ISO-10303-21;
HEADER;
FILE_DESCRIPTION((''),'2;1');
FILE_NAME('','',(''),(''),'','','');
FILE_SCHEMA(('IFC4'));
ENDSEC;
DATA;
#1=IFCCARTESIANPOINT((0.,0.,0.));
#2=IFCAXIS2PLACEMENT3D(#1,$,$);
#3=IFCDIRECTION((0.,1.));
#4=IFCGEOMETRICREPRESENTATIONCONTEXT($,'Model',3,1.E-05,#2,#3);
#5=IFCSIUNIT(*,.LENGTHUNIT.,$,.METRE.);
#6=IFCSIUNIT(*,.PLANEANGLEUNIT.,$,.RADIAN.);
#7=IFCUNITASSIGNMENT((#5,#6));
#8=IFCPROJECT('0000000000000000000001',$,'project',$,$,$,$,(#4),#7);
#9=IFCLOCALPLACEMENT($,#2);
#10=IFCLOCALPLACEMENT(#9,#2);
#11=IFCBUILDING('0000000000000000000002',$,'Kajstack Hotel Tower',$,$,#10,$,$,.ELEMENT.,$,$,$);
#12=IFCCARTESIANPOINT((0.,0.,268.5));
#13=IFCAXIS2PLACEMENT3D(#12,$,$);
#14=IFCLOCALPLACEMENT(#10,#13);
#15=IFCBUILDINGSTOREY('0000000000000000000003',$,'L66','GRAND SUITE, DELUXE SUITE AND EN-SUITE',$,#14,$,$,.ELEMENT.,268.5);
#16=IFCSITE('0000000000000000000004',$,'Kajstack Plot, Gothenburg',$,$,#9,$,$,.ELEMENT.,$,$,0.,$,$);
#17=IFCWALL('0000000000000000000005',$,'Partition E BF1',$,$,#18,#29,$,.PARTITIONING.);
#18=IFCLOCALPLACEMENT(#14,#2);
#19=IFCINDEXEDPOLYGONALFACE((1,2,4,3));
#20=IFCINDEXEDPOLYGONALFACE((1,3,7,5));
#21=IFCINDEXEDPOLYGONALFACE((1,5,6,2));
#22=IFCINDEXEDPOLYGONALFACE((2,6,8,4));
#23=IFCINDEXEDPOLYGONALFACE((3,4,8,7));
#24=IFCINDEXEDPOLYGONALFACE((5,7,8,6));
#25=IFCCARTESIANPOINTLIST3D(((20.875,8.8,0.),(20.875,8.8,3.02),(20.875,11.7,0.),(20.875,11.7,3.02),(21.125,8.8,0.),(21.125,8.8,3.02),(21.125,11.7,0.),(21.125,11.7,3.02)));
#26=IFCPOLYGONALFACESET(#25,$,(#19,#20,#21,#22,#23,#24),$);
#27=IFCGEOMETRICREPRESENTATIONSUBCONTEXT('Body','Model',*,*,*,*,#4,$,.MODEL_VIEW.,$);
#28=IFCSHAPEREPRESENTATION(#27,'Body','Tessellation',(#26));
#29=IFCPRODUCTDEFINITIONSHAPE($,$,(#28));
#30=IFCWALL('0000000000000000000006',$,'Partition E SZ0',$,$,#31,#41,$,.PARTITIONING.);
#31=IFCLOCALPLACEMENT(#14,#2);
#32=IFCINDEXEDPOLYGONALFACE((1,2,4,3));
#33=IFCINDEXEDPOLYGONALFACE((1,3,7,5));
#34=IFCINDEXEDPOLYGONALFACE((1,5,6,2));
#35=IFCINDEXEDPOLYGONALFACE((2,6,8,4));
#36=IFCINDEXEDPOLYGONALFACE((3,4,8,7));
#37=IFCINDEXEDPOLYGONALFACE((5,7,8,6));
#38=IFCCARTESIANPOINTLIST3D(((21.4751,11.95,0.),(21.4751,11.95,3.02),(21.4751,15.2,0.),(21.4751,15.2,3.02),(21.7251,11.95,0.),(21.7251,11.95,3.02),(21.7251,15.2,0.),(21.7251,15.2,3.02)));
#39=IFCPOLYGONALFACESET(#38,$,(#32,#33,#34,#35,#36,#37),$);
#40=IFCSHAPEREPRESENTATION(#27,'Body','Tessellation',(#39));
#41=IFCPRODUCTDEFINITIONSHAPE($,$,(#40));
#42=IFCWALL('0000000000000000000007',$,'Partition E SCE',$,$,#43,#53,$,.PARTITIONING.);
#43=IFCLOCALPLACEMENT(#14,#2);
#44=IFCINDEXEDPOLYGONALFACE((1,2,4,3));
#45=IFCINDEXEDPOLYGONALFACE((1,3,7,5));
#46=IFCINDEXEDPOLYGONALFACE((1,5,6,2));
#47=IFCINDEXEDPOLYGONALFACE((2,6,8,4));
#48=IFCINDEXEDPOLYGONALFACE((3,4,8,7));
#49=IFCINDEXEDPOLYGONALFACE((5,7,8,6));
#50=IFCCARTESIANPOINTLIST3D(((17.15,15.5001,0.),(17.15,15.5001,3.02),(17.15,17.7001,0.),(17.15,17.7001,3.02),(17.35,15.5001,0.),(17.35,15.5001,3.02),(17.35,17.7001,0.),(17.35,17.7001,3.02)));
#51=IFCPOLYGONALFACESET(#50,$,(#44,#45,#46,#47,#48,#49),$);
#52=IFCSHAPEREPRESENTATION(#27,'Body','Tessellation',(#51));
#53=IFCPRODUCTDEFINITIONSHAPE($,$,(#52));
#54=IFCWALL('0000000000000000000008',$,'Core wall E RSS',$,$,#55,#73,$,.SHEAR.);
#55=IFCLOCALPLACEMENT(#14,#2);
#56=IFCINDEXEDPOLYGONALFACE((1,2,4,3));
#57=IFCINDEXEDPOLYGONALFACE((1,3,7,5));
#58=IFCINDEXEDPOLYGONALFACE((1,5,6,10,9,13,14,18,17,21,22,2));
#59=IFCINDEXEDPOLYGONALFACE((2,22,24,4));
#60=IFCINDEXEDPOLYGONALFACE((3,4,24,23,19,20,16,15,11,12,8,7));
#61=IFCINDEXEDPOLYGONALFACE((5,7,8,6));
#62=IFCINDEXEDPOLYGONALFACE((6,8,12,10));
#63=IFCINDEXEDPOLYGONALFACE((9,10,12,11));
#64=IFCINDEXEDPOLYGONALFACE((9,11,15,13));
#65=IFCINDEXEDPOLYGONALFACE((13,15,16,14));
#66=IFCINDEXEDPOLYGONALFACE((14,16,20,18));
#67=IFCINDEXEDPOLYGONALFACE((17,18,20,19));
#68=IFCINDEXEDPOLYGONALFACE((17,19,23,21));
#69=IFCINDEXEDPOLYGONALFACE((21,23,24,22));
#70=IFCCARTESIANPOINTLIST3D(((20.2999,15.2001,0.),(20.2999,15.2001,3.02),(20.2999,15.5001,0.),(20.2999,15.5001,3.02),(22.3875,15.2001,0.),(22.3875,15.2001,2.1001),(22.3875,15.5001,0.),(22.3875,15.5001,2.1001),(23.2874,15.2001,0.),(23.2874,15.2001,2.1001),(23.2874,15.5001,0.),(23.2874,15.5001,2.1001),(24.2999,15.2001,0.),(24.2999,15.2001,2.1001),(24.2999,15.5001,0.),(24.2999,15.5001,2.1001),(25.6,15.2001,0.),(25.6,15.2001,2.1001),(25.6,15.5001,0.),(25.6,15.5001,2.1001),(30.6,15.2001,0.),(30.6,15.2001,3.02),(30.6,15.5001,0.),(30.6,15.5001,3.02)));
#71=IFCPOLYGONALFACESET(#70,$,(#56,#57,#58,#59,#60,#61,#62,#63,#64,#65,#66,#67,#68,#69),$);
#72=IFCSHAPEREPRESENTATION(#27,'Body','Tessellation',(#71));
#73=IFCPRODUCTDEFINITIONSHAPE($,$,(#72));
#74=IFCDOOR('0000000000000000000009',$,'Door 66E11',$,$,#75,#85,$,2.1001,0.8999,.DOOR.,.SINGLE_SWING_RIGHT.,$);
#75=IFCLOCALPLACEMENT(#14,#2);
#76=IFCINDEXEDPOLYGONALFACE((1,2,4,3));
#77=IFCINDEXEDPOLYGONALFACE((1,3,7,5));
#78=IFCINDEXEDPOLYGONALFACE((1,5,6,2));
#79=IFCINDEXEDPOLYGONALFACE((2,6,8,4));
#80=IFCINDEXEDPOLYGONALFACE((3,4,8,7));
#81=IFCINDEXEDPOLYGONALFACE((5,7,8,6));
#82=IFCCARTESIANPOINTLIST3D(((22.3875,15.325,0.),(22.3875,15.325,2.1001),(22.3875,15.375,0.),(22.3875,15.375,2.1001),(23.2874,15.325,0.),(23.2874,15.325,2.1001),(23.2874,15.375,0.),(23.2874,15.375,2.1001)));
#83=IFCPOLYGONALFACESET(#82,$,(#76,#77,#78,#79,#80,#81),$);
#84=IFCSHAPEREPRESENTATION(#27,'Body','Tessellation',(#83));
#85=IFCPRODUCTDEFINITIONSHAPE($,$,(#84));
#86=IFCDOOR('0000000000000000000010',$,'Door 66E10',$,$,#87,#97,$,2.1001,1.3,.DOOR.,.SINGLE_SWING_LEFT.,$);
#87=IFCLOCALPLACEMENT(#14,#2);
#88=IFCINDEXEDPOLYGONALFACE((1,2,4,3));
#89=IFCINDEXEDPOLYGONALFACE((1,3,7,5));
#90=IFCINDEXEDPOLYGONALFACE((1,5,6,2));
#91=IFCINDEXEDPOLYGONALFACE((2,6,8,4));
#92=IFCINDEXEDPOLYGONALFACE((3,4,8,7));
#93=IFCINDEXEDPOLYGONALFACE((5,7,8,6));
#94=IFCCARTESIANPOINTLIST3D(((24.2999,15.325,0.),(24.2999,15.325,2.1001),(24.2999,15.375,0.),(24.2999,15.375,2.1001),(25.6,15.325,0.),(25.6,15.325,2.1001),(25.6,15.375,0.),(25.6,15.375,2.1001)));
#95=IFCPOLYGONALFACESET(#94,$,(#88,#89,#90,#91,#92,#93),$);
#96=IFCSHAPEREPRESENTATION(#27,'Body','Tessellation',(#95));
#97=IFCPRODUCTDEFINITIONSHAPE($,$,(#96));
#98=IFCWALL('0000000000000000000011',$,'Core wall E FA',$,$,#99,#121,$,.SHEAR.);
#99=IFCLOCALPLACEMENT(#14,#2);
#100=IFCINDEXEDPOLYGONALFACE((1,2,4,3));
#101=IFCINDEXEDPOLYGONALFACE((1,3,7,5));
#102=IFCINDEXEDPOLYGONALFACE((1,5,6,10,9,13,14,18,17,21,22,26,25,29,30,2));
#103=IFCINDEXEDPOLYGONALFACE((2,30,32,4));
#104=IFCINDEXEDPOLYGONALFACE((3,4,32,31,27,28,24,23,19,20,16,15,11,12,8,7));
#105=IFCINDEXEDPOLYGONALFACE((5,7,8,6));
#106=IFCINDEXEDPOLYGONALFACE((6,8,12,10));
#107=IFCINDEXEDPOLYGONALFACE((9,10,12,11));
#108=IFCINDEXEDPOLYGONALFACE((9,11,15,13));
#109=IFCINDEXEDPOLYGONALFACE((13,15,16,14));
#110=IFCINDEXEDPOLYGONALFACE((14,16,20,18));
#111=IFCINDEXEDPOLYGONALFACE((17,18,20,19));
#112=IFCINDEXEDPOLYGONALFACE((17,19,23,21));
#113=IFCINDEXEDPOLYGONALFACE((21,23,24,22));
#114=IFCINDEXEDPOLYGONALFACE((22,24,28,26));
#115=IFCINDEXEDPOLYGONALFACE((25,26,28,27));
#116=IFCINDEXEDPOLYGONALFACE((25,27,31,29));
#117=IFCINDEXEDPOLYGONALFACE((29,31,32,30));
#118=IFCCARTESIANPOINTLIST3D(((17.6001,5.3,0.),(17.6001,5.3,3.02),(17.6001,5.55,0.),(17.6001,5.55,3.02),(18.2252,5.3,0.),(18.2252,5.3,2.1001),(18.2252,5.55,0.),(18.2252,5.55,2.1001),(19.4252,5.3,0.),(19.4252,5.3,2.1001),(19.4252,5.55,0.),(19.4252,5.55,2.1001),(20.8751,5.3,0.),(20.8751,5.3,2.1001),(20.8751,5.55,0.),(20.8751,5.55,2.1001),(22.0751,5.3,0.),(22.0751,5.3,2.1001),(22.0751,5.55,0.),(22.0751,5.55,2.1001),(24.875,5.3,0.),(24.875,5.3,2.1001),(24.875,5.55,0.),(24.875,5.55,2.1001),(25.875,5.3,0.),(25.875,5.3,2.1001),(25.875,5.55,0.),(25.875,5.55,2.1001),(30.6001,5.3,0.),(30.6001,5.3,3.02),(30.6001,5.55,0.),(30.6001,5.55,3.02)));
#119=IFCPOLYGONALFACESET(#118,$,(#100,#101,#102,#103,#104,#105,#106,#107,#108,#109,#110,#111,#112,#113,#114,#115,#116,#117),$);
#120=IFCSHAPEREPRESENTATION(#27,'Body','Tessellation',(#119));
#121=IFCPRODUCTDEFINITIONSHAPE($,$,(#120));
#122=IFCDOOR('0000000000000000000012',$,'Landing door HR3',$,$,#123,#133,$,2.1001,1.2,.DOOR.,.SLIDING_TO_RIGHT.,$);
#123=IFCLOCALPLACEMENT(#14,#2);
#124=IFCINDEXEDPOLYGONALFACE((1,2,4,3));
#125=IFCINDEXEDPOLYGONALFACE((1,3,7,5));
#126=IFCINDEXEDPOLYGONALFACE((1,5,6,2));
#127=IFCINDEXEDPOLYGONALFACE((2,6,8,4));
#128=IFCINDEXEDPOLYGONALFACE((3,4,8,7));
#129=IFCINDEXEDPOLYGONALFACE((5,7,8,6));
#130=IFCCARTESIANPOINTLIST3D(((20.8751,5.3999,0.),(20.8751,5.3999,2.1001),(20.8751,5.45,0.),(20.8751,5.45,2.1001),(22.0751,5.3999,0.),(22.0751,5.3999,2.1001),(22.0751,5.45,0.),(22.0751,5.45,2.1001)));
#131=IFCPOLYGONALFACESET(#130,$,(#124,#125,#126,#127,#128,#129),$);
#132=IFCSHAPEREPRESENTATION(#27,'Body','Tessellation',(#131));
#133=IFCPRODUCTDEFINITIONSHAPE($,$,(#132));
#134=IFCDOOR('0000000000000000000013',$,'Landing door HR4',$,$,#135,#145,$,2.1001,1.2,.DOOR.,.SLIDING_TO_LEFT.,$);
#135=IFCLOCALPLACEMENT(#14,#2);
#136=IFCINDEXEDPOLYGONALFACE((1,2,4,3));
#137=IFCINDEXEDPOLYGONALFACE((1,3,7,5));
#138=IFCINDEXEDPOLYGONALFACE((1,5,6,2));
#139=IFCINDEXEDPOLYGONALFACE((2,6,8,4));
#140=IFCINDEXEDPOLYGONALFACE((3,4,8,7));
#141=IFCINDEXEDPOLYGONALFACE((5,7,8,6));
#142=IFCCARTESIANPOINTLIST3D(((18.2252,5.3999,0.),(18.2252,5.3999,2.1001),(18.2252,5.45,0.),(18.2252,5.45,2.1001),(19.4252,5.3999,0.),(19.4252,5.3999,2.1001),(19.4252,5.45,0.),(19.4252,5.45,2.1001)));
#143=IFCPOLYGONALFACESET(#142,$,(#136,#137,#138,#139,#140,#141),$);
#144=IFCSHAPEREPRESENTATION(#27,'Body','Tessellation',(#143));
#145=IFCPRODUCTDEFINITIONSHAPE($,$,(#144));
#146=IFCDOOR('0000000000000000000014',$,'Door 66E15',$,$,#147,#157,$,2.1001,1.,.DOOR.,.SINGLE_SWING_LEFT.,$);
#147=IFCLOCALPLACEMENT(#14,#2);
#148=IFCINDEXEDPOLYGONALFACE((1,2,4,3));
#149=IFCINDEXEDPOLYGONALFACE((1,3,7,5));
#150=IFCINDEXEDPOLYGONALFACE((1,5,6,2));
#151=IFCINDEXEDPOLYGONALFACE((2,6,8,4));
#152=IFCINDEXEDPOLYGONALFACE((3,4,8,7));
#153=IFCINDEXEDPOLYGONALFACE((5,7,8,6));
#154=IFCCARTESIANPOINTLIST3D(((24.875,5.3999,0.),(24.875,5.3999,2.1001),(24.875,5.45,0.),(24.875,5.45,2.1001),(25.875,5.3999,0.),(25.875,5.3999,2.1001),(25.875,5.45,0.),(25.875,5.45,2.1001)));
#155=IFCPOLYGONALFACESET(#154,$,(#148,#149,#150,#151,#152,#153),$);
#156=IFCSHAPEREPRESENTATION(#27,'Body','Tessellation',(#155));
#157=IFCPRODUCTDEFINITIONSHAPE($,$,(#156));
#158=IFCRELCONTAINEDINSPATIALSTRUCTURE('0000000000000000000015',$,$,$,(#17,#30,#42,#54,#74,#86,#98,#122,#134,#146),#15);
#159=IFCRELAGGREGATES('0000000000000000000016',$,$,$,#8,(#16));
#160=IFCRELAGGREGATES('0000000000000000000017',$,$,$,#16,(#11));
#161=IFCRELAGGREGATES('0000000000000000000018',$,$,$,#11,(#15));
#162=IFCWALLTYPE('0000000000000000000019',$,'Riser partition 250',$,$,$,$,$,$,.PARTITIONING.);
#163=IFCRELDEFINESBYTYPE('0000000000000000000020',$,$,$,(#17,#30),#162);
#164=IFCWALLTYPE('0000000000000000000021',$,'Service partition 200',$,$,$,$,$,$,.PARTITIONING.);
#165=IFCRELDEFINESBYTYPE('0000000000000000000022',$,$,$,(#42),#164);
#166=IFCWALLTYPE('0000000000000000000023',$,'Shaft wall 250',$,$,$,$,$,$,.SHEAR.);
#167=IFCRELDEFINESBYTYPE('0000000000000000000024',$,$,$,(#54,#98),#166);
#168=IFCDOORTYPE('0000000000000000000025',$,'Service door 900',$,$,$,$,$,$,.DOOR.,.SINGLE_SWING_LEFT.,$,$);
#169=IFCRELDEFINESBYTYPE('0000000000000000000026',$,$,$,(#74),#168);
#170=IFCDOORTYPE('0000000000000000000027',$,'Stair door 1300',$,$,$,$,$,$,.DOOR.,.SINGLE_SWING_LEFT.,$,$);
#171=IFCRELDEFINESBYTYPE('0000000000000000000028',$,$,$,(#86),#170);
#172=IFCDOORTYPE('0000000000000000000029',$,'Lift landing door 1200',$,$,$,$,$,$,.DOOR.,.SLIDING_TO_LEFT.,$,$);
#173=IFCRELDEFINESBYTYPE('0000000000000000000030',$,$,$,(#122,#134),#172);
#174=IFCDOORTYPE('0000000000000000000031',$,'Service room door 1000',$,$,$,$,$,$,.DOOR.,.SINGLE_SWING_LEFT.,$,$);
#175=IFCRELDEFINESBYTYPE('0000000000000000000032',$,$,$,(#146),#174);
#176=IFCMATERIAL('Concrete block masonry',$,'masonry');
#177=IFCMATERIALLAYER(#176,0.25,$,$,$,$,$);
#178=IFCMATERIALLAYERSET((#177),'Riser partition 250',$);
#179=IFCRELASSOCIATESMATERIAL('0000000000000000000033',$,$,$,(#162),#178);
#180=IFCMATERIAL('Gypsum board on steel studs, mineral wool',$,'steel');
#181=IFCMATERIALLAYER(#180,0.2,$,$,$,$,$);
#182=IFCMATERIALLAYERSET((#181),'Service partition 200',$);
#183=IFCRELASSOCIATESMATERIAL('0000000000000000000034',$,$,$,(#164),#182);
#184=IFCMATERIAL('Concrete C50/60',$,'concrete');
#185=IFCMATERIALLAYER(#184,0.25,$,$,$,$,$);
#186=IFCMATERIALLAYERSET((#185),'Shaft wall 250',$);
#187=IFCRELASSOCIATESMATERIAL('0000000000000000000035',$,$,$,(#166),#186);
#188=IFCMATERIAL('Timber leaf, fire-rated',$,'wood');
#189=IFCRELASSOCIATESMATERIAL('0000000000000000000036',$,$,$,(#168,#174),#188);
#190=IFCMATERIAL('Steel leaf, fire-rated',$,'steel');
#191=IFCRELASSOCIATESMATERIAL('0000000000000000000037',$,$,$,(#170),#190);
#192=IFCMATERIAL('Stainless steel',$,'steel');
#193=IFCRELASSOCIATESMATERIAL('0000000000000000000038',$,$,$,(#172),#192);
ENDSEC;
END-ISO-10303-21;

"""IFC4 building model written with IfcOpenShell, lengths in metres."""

from ifc_helpers import new_model, si_unit, direction, frame, frame_2d, origin, place, context, subcontext, project, spatial, rectangle, extrude, material, layer, layer_set, type_object, element, fill, save


model = new_model("IFC4")

# Units and contexts
model_context = context("Model", 3, precision=1e-05, world=origin(), true_north=direction((0.0, 1.0)))
body_context = subcontext(model_context, "Body", "Model", "MODEL_VIEW")
ifc_project = project(units=[si_unit("LENGTHUNIT", "METRE"), si_unit("PLANEANGLEUNIT", "RADIAN")], contexts=[model_context])

# Site, building, storey
site_placement = place(None, origin())
site = spatial("IfcSite", under=ifc_project, at=site_placement, Name="Kajstack Plot, Gothenburg", CompositionType="ELEMENT", RefElevation=0.0)
building_placement = place(site_placement, origin())
building = spatial("IfcBuilding", under=site, at=building_placement, Name="Kajstack Hotel Tower", CompositionType="ELEMENT")
storey_placement = place(building_placement, frame((0.0, 0.0, 268.5)))
storey = spatial("IfcBuildingStorey", under=building, at=storey_placement, Name="L66", Description="GRAND SUITE, DELUXE SUITE AND EN-SUITE", CompositionType="ELEMENT", Elevation=268.5)

# Walls
ifc_material_1 = material(Name="Concrete block masonry", Category="masonry")
ifc_layer_1 = layer(ifc_material_1, 0.25)
ifc_layer_set_1 = layer_set([ifc_layer_1], Name="Riser partition 250")
wall_type_1 = type_object("IfcWallType", Name="Riser partition 250", PredefinedType="PARTITIONING", material=ifc_layer_set_1)
wall_1_placement = place(storey_placement, frame((21.0, 8.8, 0.0), z_axis=(0.0, 0.0, 1.0), x_axis=(0.0, 1.0, 0.0)))
element("IfcWall", 1, at=wall_1_placement, inside=storey, type_object=wall_type_1, Name="Partition E BF1", PredefinedType="PARTITIONING", context=body_context, shape_type="SweptSolid", body=[
    extrude(rectangle(XDim=2.8999, YDim=0.25, at=frame_2d((1.45, 0.0))), origin(), (0.0, 0.0, 1.0), 3.02),
])
wall_2_placement = place(storey_placement, frame((21.6001, 11.95, 0.0), z_axis=(0.0, 0.0, 1.0), x_axis=(0.0, 1.0, 0.0)))
element("IfcWall", 2, at=wall_2_placement, inside=storey, type_object=wall_type_1, Name="Partition E SZ0", PredefinedType="PARTITIONING", context=body_context, shape_type="SweptSolid", body=[
    extrude(rectangle(XDim=3.25, YDim=0.25, at=frame_2d((1.625, 0.0))), origin(), (0.0, 0.0, 1.0), 3.02),
])
ifc_material_2 = material(Name="Gypsum board on steel studs, mineral wool", Category="steel")
ifc_layer_2 = layer(ifc_material_2, 0.2)
ifc_layer_set_2 = layer_set([ifc_layer_2], Name="Service partition 200")
wall_type_2 = type_object("IfcWallType", Name="Service partition 200", PredefinedType="PARTITIONING", material=ifc_layer_set_2)
wall_3_placement = place(storey_placement, frame((17.25, 15.5, 0.0), z_axis=(0.0, 0.0, 1.0), x_axis=(0.0, 1.0, 0.0)))
element("IfcWall", 3, at=wall_3_placement, inside=storey, type_object=wall_type_2, Name="Partition E SCE", PredefinedType="PARTITIONING", context=body_context, shape_type="SweptSolid", body=[
    extrude(rectangle(XDim=2.2, YDim=0.2, at=frame_2d((1.1001, 0.0))), origin(), (0.0, 0.0, 1.0), 3.02),
])

# Walls, openings, doors
ifc_material_3 = material(Name="Concrete C50/60", Category="concrete")
ifc_layer_3 = layer(ifc_material_3, 0.25)
ifc_layer_set_3 = layer_set([ifc_layer_3], Name="Shaft wall 250")
wall_type_3 = type_object("IfcWallType", Name="Shaft wall 250", PredefinedType="SHEAR", material=ifc_layer_set_3)
wall_4_placement = place(storey_placement, frame((20.3, 15.3501, 0.0), z_axis=(0.0, 0.0, 1.0), x_axis=(1.0, 0.0, 0.0)))
wall_4 = element("IfcWall", 4, at=wall_4_placement, inside=storey, type_object=wall_type_3, Name="Core wall E RSS", PredefinedType="SHEAR", context=body_context, shape_type="SweptSolid", body=[
    extrude(rectangle(XDim=10.3, YDim=0.3, at=frame_2d((5.1499, 0.0))), origin(), (0.0, 0.0, 1.0), 3.02),
])
opening_1_placement = place(wall_4_placement, frame((4.0, 0.0, 0.0)))
opening_1 = element("IfcOpeningElement", 5, at=opening_1_placement, cuts=wall_4, PredefinedType="OPENING", context=body_context, shape_type="SweptSolid", body=[
    extrude(rectangle(XDim=1.3, YDim=2.1001, at=frame_2d((0.6499, 1.05))), frame((0.0, 0.1599, 0.0), z_axis=(0.0, -1.0, 0.0), x_axis=(1.0, 0.0, 0.0)), (0.0, 0.0, 1.0), 0.3201),
])
opening_2_placement = place(wall_4_placement, frame((2.0874, 0.0, 0.0)))
opening_2 = element("IfcOpeningElement", 6, at=opening_2_placement, cuts=wall_4, PredefinedType="OPENING", context=body_context, shape_type="SweptSolid", body=[
    extrude(rectangle(XDim=0.8999, YDim=2.1001, at=frame_2d((0.45, 1.05))), frame((0.0, 0.1599, 0.0), z_axis=(0.0, -1.0, 0.0), x_axis=(1.0, 0.0, 0.0)), (0.0, 0.0, 1.0), 0.3201),
])
ifc_material_4 = material(Name="Timber leaf, fire-rated", Category="wood")
door_type_1 = type_object("IfcDoorType", Name="Service door 900", OperationType="SINGLE_SWING_LEFT", PredefinedType="DOOR", material=ifc_material_4)
door_1_placement = place(opening_2_placement, origin())
door_1 = element("IfcDoor", 7, at=door_1_placement, inside=storey, type_object=door_type_1, Name="Door 66E11", OperationType="SINGLE_SWING_RIGHT", OverallHeight=2.1001, OverallWidth=0.8999, PredefinedType="DOOR", context=body_context, shape_type="SweptSolid", body=[
    extrude(rectangle(XDim=0.8999, YDim=2.1001, at=frame_2d((0.45, 1.05))), frame((0.0, 0.0249, 0.0), z_axis=(0.0, -1.0, 0.0), x_axis=(1.0, 0.0, 0.0)), (0.0, 0.0, 1.0), 0.05),
])
fill(opening_2, door_1)
ifc_material_5 = material(Name="Steel leaf, fire-rated", Category="steel")
door_type_2 = type_object("IfcDoorType", Name="Stair door 1300", OperationType="SINGLE_SWING_LEFT", PredefinedType="DOOR", material=ifc_material_5)
door_2_placement = place(opening_1_placement, origin())
door_2 = element("IfcDoor", 8, at=door_2_placement, inside=storey, type_object=door_type_2, Name="Door 66E10", OperationType="SINGLE_SWING_LEFT", OverallHeight=2.1001, OverallWidth=1.3, PredefinedType="DOOR", context=body_context, shape_type="SweptSolid", body=[
    extrude(rectangle(XDim=1.3, YDim=2.1001, at=frame_2d((0.6499, 1.05))), frame((0.0, 0.0249, 0.0), z_axis=(0.0, -1.0, 0.0), x_axis=(1.0, 0.0, 0.0)), (0.0, 0.0, 1.0), 0.05),
])
fill(opening_1, door_2)
wall_5_placement = place(storey_placement, frame((17.6001, 5.425, 0.0), z_axis=(0.0, 0.0, 1.0), x_axis=(1.0, 0.0, 0.0)))
wall_5 = element("IfcWall", 9, at=wall_5_placement, inside=storey, type_object=wall_type_3, Name="Core wall E FA", PredefinedType="SHEAR", context=body_context, shape_type="SweptSolid", body=[
    extrude(rectangle(XDim=13.0, YDim=0.25, at=frame_2d((6.5, 0.0))), origin(), (0.0, 0.0, 1.0), 3.02),
])
opening_3_placement = place(wall_5_placement, frame((3.2749, 0.0, 0.0)))
opening_3 = element("IfcOpeningElement", 10, at=opening_3_placement, cuts=wall_5, PredefinedType="OPENING", context=body_context, shape_type="SweptSolid", body=[
    extrude(rectangle(XDim=1.2, YDim=2.1001, at=frame_2d((0.6001, 1.05))), frame((0.0, 0.135, 0.0), z_axis=(0.0, -1.0, 0.0), x_axis=(1.0, 0.0, 0.0)), (0.0, 0.0, 1.0), 0.27),
])
opening_4_placement = place(wall_5_placement, frame((0.625, 0.0, 0.0)))
opening_4 = element("IfcOpeningElement", 11, at=opening_4_placement, cuts=wall_5, PredefinedType="OPENING", context=body_context, shape_type="SweptSolid", body=[
    extrude(rectangle(XDim=1.2, YDim=2.1001, at=frame_2d((0.6001, 1.05))), frame((0.0, 0.135, 0.0), z_axis=(0.0, -1.0, 0.0), x_axis=(1.0, 0.0, 0.0)), (0.0, 0.0, 1.0), 0.27),
])
opening_5_placement = place(wall_5_placement, frame((7.2749, 0.0, 0.0)))
opening_5 = element("IfcOpeningElement", 12, at=opening_5_placement, cuts=wall_5, PredefinedType="OPENING", context=body_context, shape_type="SweptSolid", body=[
    extrude(rectangle(XDim=1.0, YDim=2.1001, at=frame_2d((0.5, 1.05))), frame((0.0, 0.135, 0.0), z_axis=(0.0, -1.0, 0.0), x_axis=(1.0, 0.0, 0.0)), (0.0, 0.0, 1.0), 0.27),
])
ifc_material_6 = material(Name="Stainless steel", Category="steel")
door_type_3 = type_object("IfcDoorType", Name="Lift landing door 1200", OperationType="SLIDING_TO_LEFT", PredefinedType="DOOR", material=ifc_material_6)
door_3_placement = place(opening_3_placement, origin())
door_3 = element("IfcDoor", 13, at=door_3_placement, inside=storey, type_object=door_type_3, Name="Landing door HR3", OperationType="SLIDING_TO_RIGHT", OverallHeight=2.1001, OverallWidth=1.2, PredefinedType="DOOR", context=body_context, shape_type="SweptSolid", body=[
    extrude(rectangle(XDim=1.2, YDim=2.1001, at=frame_2d((0.6001, 1.05))), frame((0.0, 0.0249, 0.0), z_axis=(0.0, -1.0, 0.0), x_axis=(1.0, 0.0, 0.0)), (0.0, 0.0, 1.0), 0.05),
])
fill(opening_3, door_3)
door_4_placement = place(opening_4_placement, origin())
door_4 = element("IfcDoor", 14, at=door_4_placement, inside=storey, type_object=door_type_3, Name="Landing door HR4", OperationType="SLIDING_TO_LEFT", OverallHeight=2.1001, OverallWidth=1.2, PredefinedType="DOOR", context=body_context, shape_type="SweptSolid", body=[
    extrude(rectangle(XDim=1.2, YDim=2.1001, at=frame_2d((0.6001, 1.05))), frame((0.0, 0.0249, 0.0), z_axis=(0.0, -1.0, 0.0), x_axis=(1.0, 0.0, 0.0)), (0.0, 0.0, 1.0), 0.05),
])
fill(opening_4, door_4)
door_type_4 = type_object("IfcDoorType", Name="Service room door 1000", OperationType="SINGLE_SWING_LEFT", PredefinedType="DOOR", material=ifc_material_4)
door_5_placement = place(opening_5_placement, origin())
door_5 = element("IfcDoor", 15, at=door_5_placement, inside=storey, type_object=door_type_4, Name="Door 66E15", OperationType="SINGLE_SWING_LEFT", OverallHeight=2.1001, OverallWidth=1.0, PredefinedType="DOOR", context=body_context, shape_type="SweptSolid", body=[
    extrude(rectangle(XDim=1.0, YDim=2.1001, at=frame_2d((0.5, 1.05))), frame((0.0, 0.0249, 0.0), z_axis=(0.0, -1.0, 0.0), x_axis=(1.0, 0.0, 0.0)), (0.0, 0.0, 1.0), 0.05),
])
fill(opening_5, door_5)

save(model, "model.ifc")
